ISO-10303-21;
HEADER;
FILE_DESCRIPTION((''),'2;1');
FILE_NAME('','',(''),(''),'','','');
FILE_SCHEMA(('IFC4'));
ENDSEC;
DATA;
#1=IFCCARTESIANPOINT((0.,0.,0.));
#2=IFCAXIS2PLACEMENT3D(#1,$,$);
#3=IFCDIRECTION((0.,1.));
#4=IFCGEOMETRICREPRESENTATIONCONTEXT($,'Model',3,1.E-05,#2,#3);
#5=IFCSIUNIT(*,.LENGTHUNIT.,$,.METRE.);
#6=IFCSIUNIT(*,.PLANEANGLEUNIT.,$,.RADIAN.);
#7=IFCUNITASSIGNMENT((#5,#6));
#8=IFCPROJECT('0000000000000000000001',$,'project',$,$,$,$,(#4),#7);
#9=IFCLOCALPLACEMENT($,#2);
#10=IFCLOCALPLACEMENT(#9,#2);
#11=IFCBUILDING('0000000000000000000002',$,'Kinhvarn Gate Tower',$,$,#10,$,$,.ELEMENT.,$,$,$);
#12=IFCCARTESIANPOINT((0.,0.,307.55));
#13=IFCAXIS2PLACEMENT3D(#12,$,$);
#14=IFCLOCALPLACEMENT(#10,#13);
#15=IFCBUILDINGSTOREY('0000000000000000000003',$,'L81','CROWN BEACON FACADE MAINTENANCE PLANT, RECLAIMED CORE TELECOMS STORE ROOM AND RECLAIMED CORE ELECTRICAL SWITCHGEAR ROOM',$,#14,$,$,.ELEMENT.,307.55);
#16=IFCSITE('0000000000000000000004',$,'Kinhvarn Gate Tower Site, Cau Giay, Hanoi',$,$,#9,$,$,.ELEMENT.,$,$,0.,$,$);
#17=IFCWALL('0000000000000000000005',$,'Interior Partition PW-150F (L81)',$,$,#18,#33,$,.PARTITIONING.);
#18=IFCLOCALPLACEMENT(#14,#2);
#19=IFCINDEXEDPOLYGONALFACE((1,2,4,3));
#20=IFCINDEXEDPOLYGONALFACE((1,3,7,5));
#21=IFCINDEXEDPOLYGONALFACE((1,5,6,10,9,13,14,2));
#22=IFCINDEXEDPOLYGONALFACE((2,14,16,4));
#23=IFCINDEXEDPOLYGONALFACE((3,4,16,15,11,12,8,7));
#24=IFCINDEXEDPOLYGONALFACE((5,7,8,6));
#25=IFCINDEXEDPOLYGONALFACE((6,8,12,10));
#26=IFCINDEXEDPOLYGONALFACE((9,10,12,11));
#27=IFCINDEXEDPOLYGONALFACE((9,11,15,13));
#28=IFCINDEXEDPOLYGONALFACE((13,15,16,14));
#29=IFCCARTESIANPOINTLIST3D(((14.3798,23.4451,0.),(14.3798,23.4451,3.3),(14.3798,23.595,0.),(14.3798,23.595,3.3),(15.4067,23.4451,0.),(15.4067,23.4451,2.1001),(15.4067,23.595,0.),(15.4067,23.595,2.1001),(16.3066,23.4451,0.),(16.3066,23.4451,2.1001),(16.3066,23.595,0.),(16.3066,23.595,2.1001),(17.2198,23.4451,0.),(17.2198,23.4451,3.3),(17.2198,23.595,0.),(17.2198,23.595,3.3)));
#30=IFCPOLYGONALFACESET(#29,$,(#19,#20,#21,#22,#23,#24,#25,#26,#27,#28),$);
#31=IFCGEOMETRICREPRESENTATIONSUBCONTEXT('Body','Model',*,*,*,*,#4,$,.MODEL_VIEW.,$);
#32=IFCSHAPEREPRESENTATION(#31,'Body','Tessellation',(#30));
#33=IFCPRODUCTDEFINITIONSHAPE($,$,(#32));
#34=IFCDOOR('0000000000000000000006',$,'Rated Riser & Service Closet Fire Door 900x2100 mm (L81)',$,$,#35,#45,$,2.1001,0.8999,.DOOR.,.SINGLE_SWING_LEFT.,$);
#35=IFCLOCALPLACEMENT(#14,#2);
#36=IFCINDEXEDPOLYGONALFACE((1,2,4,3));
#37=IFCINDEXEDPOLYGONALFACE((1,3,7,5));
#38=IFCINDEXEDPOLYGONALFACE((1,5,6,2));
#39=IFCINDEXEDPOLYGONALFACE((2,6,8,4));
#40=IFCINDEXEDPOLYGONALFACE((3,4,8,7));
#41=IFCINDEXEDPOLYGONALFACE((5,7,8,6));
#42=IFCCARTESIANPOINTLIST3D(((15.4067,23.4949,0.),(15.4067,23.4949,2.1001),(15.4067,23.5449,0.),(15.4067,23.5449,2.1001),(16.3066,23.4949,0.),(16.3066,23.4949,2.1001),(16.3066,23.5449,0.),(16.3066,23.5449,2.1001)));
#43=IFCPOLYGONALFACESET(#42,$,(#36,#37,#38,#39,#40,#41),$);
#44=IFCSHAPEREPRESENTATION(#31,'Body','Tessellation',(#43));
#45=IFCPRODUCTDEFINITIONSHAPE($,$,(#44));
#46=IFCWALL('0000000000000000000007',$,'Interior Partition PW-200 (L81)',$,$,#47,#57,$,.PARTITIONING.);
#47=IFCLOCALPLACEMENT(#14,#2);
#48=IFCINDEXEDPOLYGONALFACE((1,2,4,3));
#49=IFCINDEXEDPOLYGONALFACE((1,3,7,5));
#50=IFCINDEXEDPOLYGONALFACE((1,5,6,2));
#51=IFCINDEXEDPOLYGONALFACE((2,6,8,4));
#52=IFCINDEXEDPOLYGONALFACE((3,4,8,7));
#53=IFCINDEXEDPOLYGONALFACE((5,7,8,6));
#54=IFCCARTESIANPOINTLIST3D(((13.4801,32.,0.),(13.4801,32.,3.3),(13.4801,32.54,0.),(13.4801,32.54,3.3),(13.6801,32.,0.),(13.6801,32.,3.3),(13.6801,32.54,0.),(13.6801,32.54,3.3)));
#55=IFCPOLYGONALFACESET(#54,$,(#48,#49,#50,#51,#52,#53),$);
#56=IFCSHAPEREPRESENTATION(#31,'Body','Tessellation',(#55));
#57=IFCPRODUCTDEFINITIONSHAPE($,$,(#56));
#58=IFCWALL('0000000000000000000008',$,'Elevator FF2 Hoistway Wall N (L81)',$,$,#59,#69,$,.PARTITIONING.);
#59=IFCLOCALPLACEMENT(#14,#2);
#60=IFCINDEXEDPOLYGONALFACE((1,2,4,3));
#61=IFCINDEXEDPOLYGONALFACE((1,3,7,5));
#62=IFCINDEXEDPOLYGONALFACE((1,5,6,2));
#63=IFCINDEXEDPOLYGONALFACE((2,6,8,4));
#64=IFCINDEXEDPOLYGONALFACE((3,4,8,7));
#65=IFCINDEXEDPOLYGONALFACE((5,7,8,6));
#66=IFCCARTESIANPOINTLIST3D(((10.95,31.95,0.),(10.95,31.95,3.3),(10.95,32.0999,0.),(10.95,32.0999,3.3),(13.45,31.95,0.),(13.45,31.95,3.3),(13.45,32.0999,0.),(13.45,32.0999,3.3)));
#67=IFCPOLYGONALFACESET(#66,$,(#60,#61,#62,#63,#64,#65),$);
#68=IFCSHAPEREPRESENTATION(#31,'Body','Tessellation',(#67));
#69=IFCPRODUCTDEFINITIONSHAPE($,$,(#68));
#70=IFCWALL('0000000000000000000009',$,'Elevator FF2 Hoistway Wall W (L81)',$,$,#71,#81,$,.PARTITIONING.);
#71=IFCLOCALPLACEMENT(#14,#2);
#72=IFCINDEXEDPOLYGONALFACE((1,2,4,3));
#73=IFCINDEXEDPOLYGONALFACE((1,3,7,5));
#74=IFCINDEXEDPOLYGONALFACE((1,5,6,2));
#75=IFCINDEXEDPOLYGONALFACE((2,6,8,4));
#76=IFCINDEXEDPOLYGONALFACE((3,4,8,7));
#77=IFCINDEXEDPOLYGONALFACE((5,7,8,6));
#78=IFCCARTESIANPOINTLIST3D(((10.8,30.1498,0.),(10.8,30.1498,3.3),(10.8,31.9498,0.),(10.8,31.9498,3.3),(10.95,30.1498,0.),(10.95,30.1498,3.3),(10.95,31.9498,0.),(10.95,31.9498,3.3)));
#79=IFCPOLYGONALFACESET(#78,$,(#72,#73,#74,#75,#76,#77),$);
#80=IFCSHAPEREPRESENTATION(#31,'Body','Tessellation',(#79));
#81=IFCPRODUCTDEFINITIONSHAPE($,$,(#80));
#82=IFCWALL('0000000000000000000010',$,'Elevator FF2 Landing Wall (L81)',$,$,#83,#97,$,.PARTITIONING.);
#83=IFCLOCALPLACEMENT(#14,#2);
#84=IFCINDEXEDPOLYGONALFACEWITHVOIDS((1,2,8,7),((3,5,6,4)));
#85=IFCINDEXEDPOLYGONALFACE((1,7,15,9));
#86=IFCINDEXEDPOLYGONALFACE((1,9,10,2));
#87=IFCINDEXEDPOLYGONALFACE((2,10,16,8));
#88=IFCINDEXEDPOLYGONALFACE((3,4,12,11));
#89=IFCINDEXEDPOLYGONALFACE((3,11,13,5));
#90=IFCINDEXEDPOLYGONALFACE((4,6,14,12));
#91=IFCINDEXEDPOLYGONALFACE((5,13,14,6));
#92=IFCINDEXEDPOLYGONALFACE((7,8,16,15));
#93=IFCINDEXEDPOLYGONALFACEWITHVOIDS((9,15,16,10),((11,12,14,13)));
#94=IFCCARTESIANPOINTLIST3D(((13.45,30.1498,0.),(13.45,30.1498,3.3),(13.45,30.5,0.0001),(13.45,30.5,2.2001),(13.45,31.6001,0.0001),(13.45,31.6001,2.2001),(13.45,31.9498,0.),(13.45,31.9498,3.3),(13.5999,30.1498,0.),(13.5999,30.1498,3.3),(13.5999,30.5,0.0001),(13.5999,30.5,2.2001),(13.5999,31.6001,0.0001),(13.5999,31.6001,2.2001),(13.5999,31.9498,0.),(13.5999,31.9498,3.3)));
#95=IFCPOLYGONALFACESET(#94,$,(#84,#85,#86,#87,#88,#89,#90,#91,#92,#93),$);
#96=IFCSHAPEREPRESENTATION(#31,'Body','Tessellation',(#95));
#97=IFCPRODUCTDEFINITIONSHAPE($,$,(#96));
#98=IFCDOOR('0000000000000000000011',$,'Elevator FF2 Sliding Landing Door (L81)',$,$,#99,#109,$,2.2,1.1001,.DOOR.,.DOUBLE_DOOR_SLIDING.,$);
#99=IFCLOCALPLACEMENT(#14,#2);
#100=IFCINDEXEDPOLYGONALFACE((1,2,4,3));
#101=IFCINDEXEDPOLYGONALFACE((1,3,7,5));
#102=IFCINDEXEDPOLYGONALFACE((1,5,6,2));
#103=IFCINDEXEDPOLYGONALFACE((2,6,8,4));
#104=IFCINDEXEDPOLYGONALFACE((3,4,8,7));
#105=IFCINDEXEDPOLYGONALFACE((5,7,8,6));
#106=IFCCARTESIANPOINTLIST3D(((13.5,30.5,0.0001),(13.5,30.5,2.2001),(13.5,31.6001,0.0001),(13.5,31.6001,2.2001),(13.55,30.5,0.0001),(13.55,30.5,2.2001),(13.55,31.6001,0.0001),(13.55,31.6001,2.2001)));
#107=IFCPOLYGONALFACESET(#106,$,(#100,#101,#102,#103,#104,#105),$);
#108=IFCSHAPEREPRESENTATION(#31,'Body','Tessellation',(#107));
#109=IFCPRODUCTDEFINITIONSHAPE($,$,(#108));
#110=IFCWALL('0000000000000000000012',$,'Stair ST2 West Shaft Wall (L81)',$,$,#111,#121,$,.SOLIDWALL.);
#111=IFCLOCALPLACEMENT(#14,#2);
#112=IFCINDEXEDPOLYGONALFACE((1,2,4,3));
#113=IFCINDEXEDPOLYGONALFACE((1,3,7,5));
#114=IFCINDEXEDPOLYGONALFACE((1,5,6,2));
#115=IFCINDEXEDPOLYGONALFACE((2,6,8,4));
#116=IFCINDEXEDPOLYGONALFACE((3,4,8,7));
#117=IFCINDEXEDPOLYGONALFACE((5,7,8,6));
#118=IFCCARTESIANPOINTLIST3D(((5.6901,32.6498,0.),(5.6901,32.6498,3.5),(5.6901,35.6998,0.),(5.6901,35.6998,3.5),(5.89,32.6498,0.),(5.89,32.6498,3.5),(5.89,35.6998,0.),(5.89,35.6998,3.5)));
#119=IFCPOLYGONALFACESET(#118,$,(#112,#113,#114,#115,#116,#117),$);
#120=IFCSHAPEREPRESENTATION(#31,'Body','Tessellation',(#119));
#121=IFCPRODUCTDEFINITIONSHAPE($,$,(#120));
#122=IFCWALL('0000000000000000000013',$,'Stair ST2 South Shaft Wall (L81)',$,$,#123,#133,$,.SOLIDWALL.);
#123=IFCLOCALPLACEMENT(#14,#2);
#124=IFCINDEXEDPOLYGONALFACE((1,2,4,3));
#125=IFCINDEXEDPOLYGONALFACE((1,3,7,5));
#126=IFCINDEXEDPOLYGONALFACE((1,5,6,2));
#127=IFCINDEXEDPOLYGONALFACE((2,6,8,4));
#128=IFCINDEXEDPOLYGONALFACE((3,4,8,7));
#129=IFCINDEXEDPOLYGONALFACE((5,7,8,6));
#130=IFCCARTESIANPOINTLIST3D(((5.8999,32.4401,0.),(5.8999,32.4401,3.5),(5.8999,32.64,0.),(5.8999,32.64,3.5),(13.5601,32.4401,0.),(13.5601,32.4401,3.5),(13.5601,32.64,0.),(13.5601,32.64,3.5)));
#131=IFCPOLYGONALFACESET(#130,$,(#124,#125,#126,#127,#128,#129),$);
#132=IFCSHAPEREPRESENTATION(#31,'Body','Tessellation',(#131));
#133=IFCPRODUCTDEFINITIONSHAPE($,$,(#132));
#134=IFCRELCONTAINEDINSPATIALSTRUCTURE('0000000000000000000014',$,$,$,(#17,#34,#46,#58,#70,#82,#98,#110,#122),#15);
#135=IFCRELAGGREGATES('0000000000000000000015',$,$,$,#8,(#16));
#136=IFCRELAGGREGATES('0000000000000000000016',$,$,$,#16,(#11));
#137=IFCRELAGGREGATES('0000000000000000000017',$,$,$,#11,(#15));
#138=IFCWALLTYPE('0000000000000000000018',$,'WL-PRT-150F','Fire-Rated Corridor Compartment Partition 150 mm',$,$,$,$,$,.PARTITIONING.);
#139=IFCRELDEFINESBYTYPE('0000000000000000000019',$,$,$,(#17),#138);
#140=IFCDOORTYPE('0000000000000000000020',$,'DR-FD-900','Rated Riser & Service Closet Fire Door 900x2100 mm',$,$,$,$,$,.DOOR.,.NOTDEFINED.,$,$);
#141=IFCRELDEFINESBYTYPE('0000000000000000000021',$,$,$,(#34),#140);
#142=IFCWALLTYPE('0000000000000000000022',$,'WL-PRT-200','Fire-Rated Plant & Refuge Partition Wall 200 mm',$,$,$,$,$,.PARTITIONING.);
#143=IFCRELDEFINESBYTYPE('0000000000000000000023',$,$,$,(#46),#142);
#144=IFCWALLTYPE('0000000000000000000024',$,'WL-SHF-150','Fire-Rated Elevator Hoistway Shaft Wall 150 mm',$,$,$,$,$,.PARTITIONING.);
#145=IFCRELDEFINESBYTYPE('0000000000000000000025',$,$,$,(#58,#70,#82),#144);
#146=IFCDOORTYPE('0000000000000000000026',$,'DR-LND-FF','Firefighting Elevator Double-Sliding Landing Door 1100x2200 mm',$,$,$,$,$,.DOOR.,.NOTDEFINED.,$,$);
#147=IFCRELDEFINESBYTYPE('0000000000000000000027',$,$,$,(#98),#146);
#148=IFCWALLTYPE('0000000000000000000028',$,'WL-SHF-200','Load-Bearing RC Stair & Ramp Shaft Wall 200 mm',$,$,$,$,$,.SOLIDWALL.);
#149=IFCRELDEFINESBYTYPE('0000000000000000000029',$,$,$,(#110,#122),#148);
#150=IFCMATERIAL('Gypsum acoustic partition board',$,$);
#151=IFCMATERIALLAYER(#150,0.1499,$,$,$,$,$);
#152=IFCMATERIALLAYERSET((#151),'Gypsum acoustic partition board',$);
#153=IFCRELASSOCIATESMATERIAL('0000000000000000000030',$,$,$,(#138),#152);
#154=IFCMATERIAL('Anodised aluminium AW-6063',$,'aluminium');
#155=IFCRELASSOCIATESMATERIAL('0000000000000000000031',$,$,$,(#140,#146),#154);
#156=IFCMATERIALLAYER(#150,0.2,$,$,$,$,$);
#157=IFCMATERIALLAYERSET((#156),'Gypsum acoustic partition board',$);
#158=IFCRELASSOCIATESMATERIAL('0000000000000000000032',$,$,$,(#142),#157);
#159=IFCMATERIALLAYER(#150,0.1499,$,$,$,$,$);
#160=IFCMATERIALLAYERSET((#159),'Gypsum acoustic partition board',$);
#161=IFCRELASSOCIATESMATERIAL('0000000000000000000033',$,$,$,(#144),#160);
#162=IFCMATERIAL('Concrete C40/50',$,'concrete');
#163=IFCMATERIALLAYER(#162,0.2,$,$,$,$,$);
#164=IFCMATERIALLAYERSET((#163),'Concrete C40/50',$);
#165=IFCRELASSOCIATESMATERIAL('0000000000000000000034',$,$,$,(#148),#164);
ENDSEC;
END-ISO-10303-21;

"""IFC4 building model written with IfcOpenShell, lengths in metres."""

from ifc_helpers import new_model, si_unit, direction, frame, frame_2d, origin, place, context, subcontext, project, spatial, rectangle, extrude, material, layer, layer_set, type_object, element, fill, save


model = new_model("IFC4")

# Units and contexts
model_context = context("Model", 3, precision=1e-05, world=origin(), true_north=direction((0.0, 1.0)))
body_context = subcontext(model_context, "Body", "Model", "MODEL_VIEW")
ifc_project = project(units=[si_unit("LENGTHUNIT", "METRE"), si_unit("PLANEANGLEUNIT", "RADIAN")], contexts=[model_context])

# Site, building, storey
site_placement = place(None, origin())
site = spatial("IfcSite", under=ifc_project, at=site_placement, Name="Kinhvarn Gate Tower Site, Cau Giay, Hanoi", CompositionType="ELEMENT", RefElevation=0.0)
building_placement = place(site_placement, origin())
building = spatial("IfcBuilding", under=site, at=building_placement, Name="Kinhvarn Gate Tower", CompositionType="ELEMENT")
storey_placement = place(building_placement, frame((0.0, 0.0, 307.55)))
storey = spatial("IfcBuildingStorey", under=building, at=storey_placement, Name="L81", Description="CROWN BEACON FACADE MAINTENANCE PLANT, RECLAIMED CORE TELECOMS STORE ROOM AND RECLAIMED CORE ELECTRICAL SWITCHGEAR ROOM", CompositionType="ELEMENT", Elevation=307.55)

# Shared definitions
ifc_material_1 = material(Name="Gypsum acoustic partition board")
ifc_layer_1 = layer(ifc_material_1, 0.1499)
ifc_layer_set_1 = layer_set([ifc_layer_1], Name="Gypsum acoustic partition board")
wall_type_1 = type_object("IfcWallType", Name="WL-PRT-150F", Description="Fire-Rated Corridor Compartment Partition 150 mm", PredefinedType="PARTITIONING", material=ifc_layer_set_1)

# Shared definitions
ifc_material_2 = material(Name="Anodised aluminium AW-6063", Category="aluminium")
door_type_1 = type_object("IfcDoorType", Name="DR-FD-900", Description="Rated Riser & Service Closet Fire Door 900x2100 mm", OperationType="NOTDEFINED", PredefinedType="DOOR", material=ifc_material_2)

# Wall, opening, door
wall_1_placement = place(storey_placement, frame((14.3799, 23.52, 0.0), z_axis=(0.0, 0.0, 1.0), x_axis=(1.0, 0.0, 0.0)))
wall_1 = element("IfcWall", 1, at=wall_1_placement, inside=storey, type_object=wall_type_1, Name="Interior Partition PW-150F (L81)", PredefinedType="PARTITIONING", context=body_context, shape_type="SweptSolid", body=[
    extrude(rectangle(XDim=2.8401, YDim=0.1499, at=frame_2d((1.4199, 0.0))), origin(), (0.0, 0.0, 1.0), 3.3),
])
opening_1_placement = place(wall_1_placement, frame((1.0269, 0.0, 0.0)))
opening_1 = element("IfcOpeningElement", 2, at=opening_1_placement, cuts=wall_1, PredefinedType="OPENING", context=body_context, shape_type="SweptSolid", body=[
    extrude(rectangle(XDim=0.8999, YDim=2.1001, at=frame_2d((0.45, 1.05))), frame((0.0, 0.085, 0.0), z_axis=(0.0, -1.0, 0.0), x_axis=(1.0, 0.0, 0.0)), (0.0, 0.0, 1.0), 0.1699),
])
door_1_placement = place(opening_1_placement, origin())
door_1 = element("IfcDoor", 3, at=door_1_placement, inside=storey, type_object=door_type_1, Name="Rated Riser & Service Closet Fire Door 900x2100 mm (L81)", OperationType="SINGLE_SWING_LEFT", OverallHeight=2.1001, OverallWidth=0.8999, PredefinedType="DOOR", context=body_context, shape_type="SweptSolid", body=[
    extrude(rectangle(XDim=0.8999, YDim=2.1001, at=frame_2d((0.45, 1.05))), frame((0.0, 0.0249, 0.0), z_axis=(0.0, -1.0, 0.0), x_axis=(1.0, 0.0, 0.0)), (0.0, 0.0, 1.0), 0.05),
])
fill(opening_1, door_1)

# Walls
ifc_layer_2 = layer(ifc_material_1, 0.2)
ifc_layer_set_2 = layer_set([ifc_layer_2], Name="Gypsum acoustic partition board")
wall_type_2 = type_object("IfcWallType", Name="WL-PRT-200", Description="Fire-Rated Plant & Refuge Partition Wall 200 mm", PredefinedType="PARTITIONING", material=ifc_layer_set_2)
wall_2_placement = place(storey_placement, frame((13.5801, 32.0, 0.0), z_axis=(0.0, 0.0, 1.0), x_axis=(0.0, 1.0, 0.0)))
element("IfcWall", 4, at=wall_2_placement, inside=storey, type_object=wall_type_2, Name="Interior Partition PW-200 (L81)", PredefinedType="PARTITIONING", context=body_context, shape_type="SweptSolid", body=[
    extrude(rectangle(XDim=0.54, YDim=0.2, at=frame_2d((0.27, 0.0))), origin(), (0.0, 0.0, 1.0), 3.3),
])
ifc_layer_3 = layer(ifc_material_1, 0.1499)
ifc_layer_set_3 = layer_set([ifc_layer_3], Name="Gypsum acoustic partition board")
wall_type_3 = type_object("IfcWallType", Name="WL-SHF-150", Description="Fire-Rated Elevator Hoistway Shaft Wall 150 mm", PredefinedType="PARTITIONING", material=ifc_layer_set_3)
wall_3_placement = place(storey_placement, frame((10.95, 32.0249, 0.0), z_axis=(0.0, 0.0, 1.0), x_axis=(1.0, 0.0, 0.0)))
element("IfcWall", 5, at=wall_3_placement, inside=storey, type_object=wall_type_3, Name="Elevator FF2 Hoistway Wall N (L81)", PredefinedType="PARTITIONING", context=body_context, shape_type="SweptSolid", body=[
    extrude(rectangle(XDim=2.5, YDim=0.1499, at=frame_2d((1.25, 0.0))), origin(), (0.0, 0.0, 1.0), 3.3),
])
wall_4_placement = place(storey_placement, frame((10.875, 30.1499, 0.0), z_axis=(0.0, 0.0, 1.0), x_axis=(0.0, 1.0, 0.0)))
element("IfcWall", 6, at=wall_4_placement, inside=storey, type_object=wall_type_3, Name="Elevator FF2 Hoistway Wall W (L81)", PredefinedType="PARTITIONING", context=body_context, shape_type="SweptSolid", body=[
    extrude(rectangle(XDim=1.8, YDim=0.1499, at=frame_2d((0.8999, 0.0))), origin(), (0.0, 0.0, 1.0), 3.3),
])

# Wall, opening, door
wall_5_placement = place(storey_placement, frame((13.5249, 30.1499, 0.0), z_axis=(0.0, 0.0, 1.0), x_axis=(0.0, 1.0, 0.0)))
wall_5 = element("IfcWall", 7, at=wall_5_placement, inside=storey, type_object=wall_type_3, Name="Elevator FF2 Landing Wall (L81)", PredefinedType="PARTITIONING", context=body_context, shape_type="SweptSolid", body=[
    extrude(rectangle(XDim=1.8, YDim=0.1499, at=frame_2d((0.8999, 0.0))), origin(), (0.0, 0.0, 1.0), 3.3),
])
opening_2_placement = place(wall_5_placement, frame((0.3501, 0.0, 0.0)))
opening_2 = element("IfcOpeningElement", 8, at=opening_2_placement, cuts=wall_5, PredefinedType="OPENING", context=body_context, shape_type="SweptSolid", body=[
    extrude(rectangle(XDim=1.1001, YDim=2.2, at=frame_2d((0.55, 1.1001))), frame((0.0, 0.085, 0.0), z_axis=(0.0, -1.0, 0.0), x_axis=(1.0, 0.0, 0.0)), (0.0, 0.0, 1.0), 0.1699),
])
door_type_2 = type_object("IfcDoorType", Name="DR-LND-FF", Description="Firefighting Elevator Double-Sliding Landing Door 1100x2200 mm", OperationType="NOTDEFINED", PredefinedType="DOOR", material=ifc_material_2)
door_2_placement = place(opening_2_placement, origin())
door_2 = element("IfcDoor", 9, at=door_2_placement, inside=storey, type_object=door_type_2, Name="Elevator FF2 Sliding Landing Door (L81)", OperationType="DOUBLE_DOOR_SLIDING", OverallHeight=2.2, OverallWidth=1.1001, PredefinedType="DOOR", context=body_context, shape_type="SweptSolid", body=[
    extrude(rectangle(XDim=1.1001, YDim=2.2, at=frame_2d((0.55, 1.1001))), frame((0.0, 0.0249, 0.0), z_axis=(0.0, -1.0, 0.0), x_axis=(1.0, 0.0, 0.0)), (0.0, 0.0, 1.0), 0.05),
])
fill(opening_2, door_2)

# Walls
ifc_material_3 = material(Name="Concrete C40/50", Category="concrete")
ifc_layer_4 = layer(ifc_material_3, 0.2)
ifc_layer_set_4 = layer_set([ifc_layer_4], Name="Concrete C40/50")
wall_type_4 = type_object("IfcWallType", Name="WL-SHF-200", Description="Load-Bearing RC Stair & Ramp Shaft Wall 200 mm", PredefinedType="SOLIDWALL", material=ifc_layer_set_4)
wall_6_placement = place(storey_placement, frame((5.79, 32.6499, 0.0), z_axis=(0.0, 0.0, 1.0), x_axis=(0.0, 1.0, 0.0)))
element("IfcWall", 10, at=wall_6_placement, inside=storey, type_object=wall_type_4, Name="Stair ST2 West Shaft Wall (L81)", PredefinedType="SOLIDWALL", context=body_context, shape_type="SweptSolid", body=[
    extrude(rectangle(XDim=3.05, YDim=0.2, at=frame_2d((1.5249, 0.0))), origin(), (0.0, 0.0, 1.0), 3.5),
])
wall_7_placement = place(storey_placement, frame((5.8999, 32.54, 0.0), z_axis=(0.0, 0.0, 1.0), x_axis=(1.0, 0.0, 0.0)))
element("IfcWall", 11, at=wall_7_placement, inside=storey, type_object=wall_type_4, Name="Stair ST2 South Shaft Wall (L81)", PredefinedType="SOLIDWALL", context=body_context, shape_type="SweptSolid", body=[
    extrude(rectangle(XDim=7.6602, YDim=0.2, at=frame_2d((3.8301, 0.0))), origin(), (0.0, 0.0, 1.0), 3.5),
])

save(model, "model.ifc")
